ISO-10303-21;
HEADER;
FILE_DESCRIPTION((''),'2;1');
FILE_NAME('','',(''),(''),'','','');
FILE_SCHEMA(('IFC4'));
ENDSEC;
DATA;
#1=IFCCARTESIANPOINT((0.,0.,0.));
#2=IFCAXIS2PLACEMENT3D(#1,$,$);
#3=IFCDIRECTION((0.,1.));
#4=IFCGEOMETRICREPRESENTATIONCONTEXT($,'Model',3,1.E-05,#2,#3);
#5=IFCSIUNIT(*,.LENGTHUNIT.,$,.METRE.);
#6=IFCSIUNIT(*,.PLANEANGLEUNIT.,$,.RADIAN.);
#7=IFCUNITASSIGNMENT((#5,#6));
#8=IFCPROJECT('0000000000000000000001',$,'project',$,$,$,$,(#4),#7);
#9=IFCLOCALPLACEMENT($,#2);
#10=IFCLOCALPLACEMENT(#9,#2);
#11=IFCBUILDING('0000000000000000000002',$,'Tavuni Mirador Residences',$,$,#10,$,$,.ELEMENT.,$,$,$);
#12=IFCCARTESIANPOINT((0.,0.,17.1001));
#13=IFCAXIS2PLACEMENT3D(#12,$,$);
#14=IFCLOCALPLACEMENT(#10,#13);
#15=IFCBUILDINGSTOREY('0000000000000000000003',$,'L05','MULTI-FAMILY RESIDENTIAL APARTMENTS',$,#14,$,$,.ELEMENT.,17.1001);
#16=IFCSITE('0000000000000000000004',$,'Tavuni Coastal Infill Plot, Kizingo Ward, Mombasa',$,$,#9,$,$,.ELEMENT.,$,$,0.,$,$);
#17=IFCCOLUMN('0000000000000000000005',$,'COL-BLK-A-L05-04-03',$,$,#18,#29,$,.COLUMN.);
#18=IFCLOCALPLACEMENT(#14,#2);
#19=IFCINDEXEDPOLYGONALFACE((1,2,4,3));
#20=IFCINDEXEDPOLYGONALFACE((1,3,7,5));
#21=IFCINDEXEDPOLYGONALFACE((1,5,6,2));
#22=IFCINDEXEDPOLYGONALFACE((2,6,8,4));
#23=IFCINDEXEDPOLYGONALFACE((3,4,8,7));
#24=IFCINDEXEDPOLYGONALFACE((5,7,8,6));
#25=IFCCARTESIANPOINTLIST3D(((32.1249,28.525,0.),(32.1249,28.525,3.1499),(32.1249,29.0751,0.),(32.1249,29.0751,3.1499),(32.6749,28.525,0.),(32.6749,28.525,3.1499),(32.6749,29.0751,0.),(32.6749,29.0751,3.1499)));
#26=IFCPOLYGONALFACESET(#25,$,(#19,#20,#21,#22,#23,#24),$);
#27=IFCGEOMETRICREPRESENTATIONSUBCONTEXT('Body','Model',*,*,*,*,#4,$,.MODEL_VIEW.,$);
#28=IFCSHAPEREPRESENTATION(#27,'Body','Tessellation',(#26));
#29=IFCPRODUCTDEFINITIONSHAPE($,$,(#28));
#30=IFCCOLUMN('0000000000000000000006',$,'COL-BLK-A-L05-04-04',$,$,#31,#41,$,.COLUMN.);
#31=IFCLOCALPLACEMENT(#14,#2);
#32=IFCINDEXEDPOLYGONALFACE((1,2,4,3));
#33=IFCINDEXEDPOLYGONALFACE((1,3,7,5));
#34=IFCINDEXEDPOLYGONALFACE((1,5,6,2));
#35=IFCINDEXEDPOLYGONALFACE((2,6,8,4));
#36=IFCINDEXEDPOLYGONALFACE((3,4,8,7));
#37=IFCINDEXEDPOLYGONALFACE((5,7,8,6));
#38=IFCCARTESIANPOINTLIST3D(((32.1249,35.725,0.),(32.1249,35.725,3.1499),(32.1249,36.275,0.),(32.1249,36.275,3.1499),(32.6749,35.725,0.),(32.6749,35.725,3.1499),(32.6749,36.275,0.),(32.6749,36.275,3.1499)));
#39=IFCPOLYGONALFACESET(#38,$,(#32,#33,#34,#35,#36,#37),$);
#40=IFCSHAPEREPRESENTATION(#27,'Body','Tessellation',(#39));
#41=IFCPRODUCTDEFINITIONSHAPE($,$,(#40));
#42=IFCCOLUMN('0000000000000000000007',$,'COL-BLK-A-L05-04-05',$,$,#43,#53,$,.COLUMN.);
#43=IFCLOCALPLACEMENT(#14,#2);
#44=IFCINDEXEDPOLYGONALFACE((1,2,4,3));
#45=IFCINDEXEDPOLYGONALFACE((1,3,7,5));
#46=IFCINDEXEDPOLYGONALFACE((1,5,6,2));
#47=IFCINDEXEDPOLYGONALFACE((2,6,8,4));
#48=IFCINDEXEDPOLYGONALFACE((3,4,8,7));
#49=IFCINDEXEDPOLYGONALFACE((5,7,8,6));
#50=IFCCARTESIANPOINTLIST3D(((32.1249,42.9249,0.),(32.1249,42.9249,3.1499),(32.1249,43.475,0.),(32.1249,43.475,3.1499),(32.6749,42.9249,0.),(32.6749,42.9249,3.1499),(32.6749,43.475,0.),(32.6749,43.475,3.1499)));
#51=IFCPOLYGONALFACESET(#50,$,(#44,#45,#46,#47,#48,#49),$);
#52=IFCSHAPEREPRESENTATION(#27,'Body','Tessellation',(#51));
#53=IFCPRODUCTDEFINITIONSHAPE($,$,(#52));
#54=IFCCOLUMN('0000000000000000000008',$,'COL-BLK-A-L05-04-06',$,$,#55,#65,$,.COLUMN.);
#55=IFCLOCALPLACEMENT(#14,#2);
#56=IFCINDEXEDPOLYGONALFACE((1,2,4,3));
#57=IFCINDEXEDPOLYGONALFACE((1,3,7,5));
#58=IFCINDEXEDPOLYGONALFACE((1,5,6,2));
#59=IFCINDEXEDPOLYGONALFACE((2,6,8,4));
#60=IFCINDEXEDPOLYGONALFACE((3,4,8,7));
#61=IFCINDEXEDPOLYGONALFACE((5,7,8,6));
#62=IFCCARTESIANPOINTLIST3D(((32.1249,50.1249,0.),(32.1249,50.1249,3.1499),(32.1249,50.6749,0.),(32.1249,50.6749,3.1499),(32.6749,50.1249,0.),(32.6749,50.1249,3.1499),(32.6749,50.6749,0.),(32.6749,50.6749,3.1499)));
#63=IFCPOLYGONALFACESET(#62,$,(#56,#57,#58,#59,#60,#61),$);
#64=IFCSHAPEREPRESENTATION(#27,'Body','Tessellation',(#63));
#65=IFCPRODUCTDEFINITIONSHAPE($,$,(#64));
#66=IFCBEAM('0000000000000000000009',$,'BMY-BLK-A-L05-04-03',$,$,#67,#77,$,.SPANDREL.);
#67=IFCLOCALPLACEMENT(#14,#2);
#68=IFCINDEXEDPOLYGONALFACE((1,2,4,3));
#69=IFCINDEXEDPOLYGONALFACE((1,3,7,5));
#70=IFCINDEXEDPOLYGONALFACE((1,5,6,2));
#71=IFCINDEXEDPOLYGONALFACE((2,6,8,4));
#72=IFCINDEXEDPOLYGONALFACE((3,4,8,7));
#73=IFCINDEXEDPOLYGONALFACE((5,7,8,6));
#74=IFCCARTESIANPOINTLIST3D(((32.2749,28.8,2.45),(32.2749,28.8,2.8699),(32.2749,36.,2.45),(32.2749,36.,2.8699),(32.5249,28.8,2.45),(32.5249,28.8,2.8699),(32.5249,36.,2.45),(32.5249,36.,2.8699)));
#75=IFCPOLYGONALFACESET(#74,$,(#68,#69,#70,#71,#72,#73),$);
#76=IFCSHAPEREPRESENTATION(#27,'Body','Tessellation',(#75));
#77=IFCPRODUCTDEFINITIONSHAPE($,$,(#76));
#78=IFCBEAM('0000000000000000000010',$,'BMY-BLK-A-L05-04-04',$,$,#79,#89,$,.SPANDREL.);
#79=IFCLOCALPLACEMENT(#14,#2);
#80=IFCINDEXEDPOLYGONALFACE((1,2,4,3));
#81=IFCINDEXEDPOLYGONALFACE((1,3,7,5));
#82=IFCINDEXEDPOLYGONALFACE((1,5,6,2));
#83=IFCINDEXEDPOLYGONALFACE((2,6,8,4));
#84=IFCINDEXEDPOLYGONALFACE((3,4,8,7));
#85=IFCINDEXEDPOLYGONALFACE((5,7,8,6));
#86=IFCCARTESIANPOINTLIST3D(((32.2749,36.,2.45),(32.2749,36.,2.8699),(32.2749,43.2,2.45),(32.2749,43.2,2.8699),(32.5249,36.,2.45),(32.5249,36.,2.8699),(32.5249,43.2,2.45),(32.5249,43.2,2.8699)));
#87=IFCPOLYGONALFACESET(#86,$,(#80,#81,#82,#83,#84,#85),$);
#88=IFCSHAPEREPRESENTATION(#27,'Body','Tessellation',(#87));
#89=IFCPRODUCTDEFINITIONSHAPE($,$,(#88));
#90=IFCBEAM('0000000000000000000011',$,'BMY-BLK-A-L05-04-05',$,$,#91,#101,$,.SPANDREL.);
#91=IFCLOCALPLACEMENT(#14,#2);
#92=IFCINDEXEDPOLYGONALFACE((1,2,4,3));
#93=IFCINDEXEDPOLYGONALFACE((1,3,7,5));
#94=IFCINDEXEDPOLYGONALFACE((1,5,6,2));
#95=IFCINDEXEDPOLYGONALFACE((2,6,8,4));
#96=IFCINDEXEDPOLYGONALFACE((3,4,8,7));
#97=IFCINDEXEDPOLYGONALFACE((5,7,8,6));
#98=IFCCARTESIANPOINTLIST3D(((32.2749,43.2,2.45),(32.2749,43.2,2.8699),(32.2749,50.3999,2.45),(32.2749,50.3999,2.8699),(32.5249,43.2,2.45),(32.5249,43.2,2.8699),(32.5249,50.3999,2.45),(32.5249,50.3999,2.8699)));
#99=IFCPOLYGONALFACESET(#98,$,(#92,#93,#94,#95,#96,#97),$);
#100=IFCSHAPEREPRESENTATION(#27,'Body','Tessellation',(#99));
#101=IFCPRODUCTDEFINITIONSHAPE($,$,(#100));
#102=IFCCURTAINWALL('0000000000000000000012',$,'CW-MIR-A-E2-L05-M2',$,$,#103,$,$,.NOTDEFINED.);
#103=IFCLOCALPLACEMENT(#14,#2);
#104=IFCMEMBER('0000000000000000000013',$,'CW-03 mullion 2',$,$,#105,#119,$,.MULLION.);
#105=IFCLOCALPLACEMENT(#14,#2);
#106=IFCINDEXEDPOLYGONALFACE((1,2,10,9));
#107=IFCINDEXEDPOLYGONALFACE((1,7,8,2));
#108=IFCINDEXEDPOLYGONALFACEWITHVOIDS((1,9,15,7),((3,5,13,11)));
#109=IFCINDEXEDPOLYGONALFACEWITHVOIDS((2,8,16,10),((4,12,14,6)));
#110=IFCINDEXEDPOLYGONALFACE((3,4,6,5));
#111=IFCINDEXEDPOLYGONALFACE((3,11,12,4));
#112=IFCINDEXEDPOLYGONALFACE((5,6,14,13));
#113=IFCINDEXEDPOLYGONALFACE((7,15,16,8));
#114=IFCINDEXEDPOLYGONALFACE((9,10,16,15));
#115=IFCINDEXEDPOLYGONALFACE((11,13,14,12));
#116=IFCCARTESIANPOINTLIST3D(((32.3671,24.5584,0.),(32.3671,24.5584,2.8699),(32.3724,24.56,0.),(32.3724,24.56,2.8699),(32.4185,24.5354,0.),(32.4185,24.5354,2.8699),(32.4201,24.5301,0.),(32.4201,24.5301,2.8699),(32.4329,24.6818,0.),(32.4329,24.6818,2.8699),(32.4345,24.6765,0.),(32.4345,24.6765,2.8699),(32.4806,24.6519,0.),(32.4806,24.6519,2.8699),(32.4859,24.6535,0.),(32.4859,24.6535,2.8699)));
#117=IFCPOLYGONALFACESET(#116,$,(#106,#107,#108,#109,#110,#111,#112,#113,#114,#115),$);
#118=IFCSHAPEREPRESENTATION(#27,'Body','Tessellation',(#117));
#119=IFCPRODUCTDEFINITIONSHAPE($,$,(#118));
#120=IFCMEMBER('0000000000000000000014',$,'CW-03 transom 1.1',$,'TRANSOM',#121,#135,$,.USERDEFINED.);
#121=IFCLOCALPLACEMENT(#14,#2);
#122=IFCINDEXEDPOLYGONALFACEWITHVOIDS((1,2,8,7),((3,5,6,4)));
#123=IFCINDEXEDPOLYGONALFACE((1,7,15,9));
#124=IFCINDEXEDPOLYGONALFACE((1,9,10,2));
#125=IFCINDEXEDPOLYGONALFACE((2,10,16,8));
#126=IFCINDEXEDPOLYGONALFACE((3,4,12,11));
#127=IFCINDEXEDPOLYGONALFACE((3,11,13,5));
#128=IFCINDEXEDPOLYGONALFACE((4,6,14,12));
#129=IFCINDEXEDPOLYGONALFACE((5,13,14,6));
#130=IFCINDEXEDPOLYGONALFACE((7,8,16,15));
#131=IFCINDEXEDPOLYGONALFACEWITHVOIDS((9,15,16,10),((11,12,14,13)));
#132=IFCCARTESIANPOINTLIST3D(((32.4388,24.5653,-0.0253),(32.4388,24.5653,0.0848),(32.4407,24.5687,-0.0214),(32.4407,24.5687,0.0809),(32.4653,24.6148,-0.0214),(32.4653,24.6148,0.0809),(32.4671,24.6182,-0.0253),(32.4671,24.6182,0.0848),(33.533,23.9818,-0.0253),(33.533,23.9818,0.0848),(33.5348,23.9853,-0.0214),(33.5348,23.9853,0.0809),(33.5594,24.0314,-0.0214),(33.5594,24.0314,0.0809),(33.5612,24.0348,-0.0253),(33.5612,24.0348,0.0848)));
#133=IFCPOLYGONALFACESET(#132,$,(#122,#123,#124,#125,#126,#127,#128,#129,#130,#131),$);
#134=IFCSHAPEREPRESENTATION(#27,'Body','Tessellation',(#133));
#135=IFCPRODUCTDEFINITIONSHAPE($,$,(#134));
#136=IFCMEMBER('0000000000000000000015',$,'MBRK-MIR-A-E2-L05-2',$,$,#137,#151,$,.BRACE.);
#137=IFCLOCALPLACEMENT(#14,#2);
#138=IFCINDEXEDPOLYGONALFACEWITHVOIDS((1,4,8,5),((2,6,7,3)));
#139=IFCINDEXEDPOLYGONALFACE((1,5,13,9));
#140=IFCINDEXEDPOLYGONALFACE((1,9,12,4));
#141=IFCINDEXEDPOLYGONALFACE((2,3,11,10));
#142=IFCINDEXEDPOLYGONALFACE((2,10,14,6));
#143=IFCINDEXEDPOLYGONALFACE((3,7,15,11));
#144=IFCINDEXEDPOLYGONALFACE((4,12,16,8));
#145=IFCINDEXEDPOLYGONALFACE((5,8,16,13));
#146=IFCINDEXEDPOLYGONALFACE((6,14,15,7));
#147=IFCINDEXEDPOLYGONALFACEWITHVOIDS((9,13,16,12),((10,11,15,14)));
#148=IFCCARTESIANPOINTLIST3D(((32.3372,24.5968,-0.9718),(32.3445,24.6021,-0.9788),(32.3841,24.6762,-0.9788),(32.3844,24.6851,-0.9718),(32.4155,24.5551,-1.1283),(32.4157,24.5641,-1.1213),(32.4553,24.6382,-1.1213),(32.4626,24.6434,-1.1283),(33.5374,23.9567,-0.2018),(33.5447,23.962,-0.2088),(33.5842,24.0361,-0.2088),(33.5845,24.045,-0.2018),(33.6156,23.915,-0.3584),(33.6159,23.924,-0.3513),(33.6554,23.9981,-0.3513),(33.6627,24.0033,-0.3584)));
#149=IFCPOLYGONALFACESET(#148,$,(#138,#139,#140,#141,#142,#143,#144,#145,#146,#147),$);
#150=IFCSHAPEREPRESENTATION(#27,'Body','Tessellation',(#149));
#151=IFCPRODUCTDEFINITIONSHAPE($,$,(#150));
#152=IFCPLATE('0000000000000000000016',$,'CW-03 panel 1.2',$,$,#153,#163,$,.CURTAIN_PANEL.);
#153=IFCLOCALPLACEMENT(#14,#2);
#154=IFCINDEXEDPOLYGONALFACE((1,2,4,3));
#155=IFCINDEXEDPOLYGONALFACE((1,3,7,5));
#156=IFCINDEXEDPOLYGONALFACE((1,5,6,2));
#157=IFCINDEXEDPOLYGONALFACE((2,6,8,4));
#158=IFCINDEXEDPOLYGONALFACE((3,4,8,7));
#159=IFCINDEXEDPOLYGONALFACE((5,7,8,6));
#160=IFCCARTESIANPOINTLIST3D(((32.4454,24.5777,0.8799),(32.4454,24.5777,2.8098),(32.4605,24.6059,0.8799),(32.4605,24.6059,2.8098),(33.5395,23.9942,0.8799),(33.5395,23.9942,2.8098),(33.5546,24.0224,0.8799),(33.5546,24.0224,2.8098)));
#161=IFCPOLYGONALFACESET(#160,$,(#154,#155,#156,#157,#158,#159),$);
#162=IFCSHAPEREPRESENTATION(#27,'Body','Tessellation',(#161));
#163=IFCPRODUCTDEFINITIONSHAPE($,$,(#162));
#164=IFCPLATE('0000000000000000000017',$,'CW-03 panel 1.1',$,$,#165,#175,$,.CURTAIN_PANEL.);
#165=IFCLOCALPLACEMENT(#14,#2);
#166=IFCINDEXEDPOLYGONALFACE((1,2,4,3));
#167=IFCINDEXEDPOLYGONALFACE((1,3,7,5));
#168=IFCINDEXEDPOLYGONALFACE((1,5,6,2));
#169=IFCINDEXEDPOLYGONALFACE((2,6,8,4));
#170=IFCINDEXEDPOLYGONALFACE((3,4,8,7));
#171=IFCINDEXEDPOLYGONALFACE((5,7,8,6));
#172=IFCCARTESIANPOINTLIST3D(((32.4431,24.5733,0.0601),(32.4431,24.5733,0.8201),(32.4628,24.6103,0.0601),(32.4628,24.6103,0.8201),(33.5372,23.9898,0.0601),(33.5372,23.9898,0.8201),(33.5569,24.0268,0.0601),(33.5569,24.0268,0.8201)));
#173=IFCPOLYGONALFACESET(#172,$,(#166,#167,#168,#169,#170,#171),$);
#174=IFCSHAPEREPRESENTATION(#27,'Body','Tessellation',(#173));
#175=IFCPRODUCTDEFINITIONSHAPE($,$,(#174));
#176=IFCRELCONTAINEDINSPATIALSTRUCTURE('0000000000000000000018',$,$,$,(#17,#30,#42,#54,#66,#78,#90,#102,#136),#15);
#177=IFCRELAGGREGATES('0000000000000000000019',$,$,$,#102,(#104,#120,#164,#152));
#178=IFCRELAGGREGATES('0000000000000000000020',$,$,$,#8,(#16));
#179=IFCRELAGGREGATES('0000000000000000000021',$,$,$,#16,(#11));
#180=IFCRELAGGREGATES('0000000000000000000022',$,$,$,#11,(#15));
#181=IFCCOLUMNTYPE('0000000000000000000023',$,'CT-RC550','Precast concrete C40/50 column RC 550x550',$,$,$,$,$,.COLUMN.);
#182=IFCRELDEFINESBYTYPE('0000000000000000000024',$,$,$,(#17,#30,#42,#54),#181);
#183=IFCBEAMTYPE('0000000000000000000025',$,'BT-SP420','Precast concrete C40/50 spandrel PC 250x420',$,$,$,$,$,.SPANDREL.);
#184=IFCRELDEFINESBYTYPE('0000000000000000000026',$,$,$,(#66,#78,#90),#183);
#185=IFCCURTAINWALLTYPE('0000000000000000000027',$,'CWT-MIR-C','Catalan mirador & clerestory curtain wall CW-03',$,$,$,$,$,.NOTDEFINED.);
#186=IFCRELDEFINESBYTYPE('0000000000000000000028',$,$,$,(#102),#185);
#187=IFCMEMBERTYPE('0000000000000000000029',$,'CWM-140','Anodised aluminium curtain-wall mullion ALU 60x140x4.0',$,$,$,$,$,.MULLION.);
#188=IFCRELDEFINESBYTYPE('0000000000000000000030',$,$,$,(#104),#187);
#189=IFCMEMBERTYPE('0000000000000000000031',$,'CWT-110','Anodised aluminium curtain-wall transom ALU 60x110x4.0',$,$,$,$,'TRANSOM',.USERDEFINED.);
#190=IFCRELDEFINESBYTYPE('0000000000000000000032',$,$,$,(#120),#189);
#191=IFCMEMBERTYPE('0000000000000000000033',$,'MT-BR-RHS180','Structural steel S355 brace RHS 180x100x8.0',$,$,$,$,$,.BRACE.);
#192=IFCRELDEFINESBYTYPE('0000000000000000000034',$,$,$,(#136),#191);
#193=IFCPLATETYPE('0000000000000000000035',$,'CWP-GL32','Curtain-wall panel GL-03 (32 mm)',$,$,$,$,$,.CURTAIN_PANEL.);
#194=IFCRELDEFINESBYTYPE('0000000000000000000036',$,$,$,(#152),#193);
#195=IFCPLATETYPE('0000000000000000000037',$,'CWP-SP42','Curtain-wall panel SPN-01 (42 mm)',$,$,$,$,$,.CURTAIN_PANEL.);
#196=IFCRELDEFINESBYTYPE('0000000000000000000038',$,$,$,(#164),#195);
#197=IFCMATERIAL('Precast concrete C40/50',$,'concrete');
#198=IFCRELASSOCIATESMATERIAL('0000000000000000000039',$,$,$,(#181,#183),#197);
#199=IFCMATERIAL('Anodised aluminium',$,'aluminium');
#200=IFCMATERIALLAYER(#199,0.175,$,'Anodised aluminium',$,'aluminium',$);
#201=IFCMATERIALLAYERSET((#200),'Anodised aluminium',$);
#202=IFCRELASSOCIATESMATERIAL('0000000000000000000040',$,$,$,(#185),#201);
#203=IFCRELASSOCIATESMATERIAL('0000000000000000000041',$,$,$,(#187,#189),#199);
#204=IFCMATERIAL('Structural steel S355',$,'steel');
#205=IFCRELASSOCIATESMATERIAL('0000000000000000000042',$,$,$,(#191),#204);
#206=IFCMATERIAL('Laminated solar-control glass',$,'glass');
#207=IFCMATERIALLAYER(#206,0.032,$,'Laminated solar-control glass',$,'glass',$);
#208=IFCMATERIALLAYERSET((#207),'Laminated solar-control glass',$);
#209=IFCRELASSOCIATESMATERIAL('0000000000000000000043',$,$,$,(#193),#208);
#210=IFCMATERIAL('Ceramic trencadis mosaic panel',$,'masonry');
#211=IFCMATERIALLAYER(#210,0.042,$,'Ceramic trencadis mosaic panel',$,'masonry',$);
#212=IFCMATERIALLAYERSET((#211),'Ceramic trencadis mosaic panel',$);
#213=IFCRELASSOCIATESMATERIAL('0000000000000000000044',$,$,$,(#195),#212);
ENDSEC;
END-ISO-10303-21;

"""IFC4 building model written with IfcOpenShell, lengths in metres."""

from ifc_helpers import new_model, si_unit, direction, frame, origin, origin_2d, place, context, subcontext, project, spatial, rectangle, hollow_rectangle, extrude, material, layer, layer_set, material_profile, profile_set, type_object, element, aggregate, save


model = new_model("IFC4")

# Units and contexts
model_context = context("Model", 3, precision=1e-05, world=origin(), true_north=direction((0.0, 1.0)))
body_context = subcontext(model_context, "Body", "Model", "MODEL_VIEW")
ifc_project = project(units=[si_unit("LENGTHUNIT", "METRE"), si_unit("PLANEANGLEUNIT", "RADIAN")], contexts=[model_context])

# Site, building, storey
site_placement = place(None, origin())
site = spatial("IfcSite", under=ifc_project, at=site_placement, Name="Tavuni Coastal Infill Plot, Kizingo Ward, Mombasa", CompositionType="ELEMENT", RefElevation=0.0)
building_placement = place(site_placement, origin())
building = spatial("IfcBuilding", under=site, at=building_placement, Name="Tavuni Mirador Residences", CompositionType="ELEMENT")
storey_placement = place(building_placement, frame((0.0, 0.0, 17.1001)))
storey = spatial("IfcBuildingStorey", under=building, at=storey_placement, Name="L05", Description="MULTI-FAMILY RESIDENTIAL APARTMENTS", CompositionType="ELEMENT", Elevation=17.1001)

# Columns
ifc_material_1 = material(Name="Precast concrete C40/50", Category="concrete")
ifc_material_profile_1 = material_profile(ifc_material_1, rectangle(XDim=0.55, YDim=0.55, at=origin_2d()), Name="RC 550x550", Category="concrete")
ifc_profile_set_1 = profile_set([ifc_material_profile_1], Name="Precast concrete C40/50")
column_type = type_object("IfcColumnType", Name="CT-RC550", Description="Precast concrete C40/50 column RC 550x550", PredefinedType="COLUMN", material=ifc_profile_set_1)
for number, where, z_axis, x_axis, name in (
    (1, (32.3999, 28.8, 0.0), (0.0, 0.0, 1.0), (1.0, 0.0, 0.0), "COL-BLK-A-L05-04-03"),
    (2, (32.3999, 36.0, 0.0), (0.0, 0.0, 1.0), (1.0, 0.0, 0.0), "COL-BLK-A-L05-04-04"),
    (3, (32.3999, 43.2, 0.0), (0.0, 0.0, 1.0), (1.0, 0.0, 0.0), "COL-BLK-A-L05-04-05"),
    (4, (32.3999, 50.3999, 0.0), (0.0, 0.0, 1.0), (1.0, 0.0, 0.0), "COL-BLK-A-L05-04-06"),
):
    element("IfcColumn", number, at=place(storey_placement, frame(where, z_axis=z_axis, x_axis=x_axis)), inside=storey, type_object=column_type, Name=name, PredefinedType="COLUMN", context=body_context, shape_type="SweptSolid", body=[
        extrude(rectangle(XDim=0.55, YDim=0.55, at=origin_2d()), origin(), (0.0, 0.0, 1.0), 3.1499),
    ])

# Beams
ifc_material_profile_2 = material_profile(ifc_material_1, rectangle(XDim=0.25, YDim=0.4199, at=origin_2d()), Name="PC 250x420", Category="concrete")
ifc_profile_set_2 = profile_set([ifc_material_profile_2], Name="Precast concrete C40/50")
beam_type = type_object("IfcBeamType", Name="BT-SP420", Description="Precast concrete C40/50 spandrel PC 250x420", PredefinedType="SPANDREL", material=ifc_profile_set_2)
for number, where, z_axis, x_axis, name in (
    (5, (32.3999, 28.8, 2.6599), (0.0, 1.0, 0.0), (-1.0, 0.0, 0.0), "BMY-BLK-A-L05-04-03"),
    (6, (32.3999, 36.0, 2.6599), (0.0, 1.0, 0.0), (-1.0, 0.0, 0.0), "BMY-BLK-A-L05-04-04"),
    (7, (32.3999, 43.2, 2.6599), (0.0, 1.0, 0.0), (-1.0, 0.0, 0.0), "BMY-BLK-A-L05-04-05"),
):
    element("IfcBeam", number, at=place(storey_placement, frame(where, z_axis=z_axis, x_axis=x_axis)), inside=storey, type_object=beam_type, Name=name, PredefinedType="SPANDREL", context=body_context, shape_type="SweptSolid", body=[
        extrude(rectangle(XDim=0.25, YDim=0.4199, at=origin_2d()), origin(), (0.0, 0.0, 1.0), 7.2),
    ])

# Curtain wall, members
ifc_material_2 = material(Name="Anodised aluminium", Category="aluminium")
ifc_layer_1 = layer(ifc_material_2, 0.175, Name="Anodised aluminium", Category="aluminium")
ifc_layer_set_1 = layer_set([ifc_layer_1], Name="Anodised aluminium")
curtain_wall_type = type_object("IfcCurtainWallType", Name="CWT-MIR-C", Description="Catalan mirador & clerestory curtain wall CW-03", PredefinedType="NOTDEFINED", material=ifc_layer_set_1)
curtain_wall_placement = place(storey_placement, origin())
curtain_wall = element("IfcCurtainWall", 8, at=curtain_wall_placement, inside=storey, type_object=curtain_wall_type, Name="CW-MIR-A-E2-L05-M2", PredefinedType="NOTDEFINED")
ifc_material_profile_3 = material_profile(ifc_material_2, hollow_rectangle(XDim=0.0601, YDim=0.1399, WallThickness=0.0039, at=origin_2d()), Name="ALU 60x140x4.0", Category="aluminium")
ifc_profile_set_3 = profile_set([ifc_material_profile_3], Name="Anodised aluminium")
member_type_1 = type_object("IfcMemberType", Name="CWM-140", Description="Anodised aluminium curtain-wall mullion ALU 60x140x4.0", PredefinedType="MULLION", material=ifc_profile_set_3)
member_1_placement = place(storey_placement, frame((32.4265, 24.606, 0.0), z_axis=(0.0, 0.0, 1.0), x_axis=(-0.882353, 0.470588, 0.0)))
member_1 = element("IfcMember", 9, at=member_1_placement, type_object=member_type_1, Name="CW-03 mullion 2", PredefinedType="MULLION", context=body_context, shape_type="SweptSolid", body=[
    extrude(hollow_rectangle(XDim=0.0601, YDim=0.1399, WallThickness=0.0039, at=origin_2d()), origin(), (0.0, 0.0, 1.0), 2.8699),
])
ifc_material_profile_4 = material_profile(ifc_material_2, hollow_rectangle(XDim=0.0601, YDim=0.1101, WallThickness=0.0039, at=origin_2d()), Name="ALU 60x110x4.0", Category="aluminium")
ifc_profile_set_4 = profile_set([ifc_material_profile_4], Name="Anodised aluminium")
member_type_2 = type_object("IfcMemberType", Name="CWT-110", Description="Anodised aluminium curtain-wall transom ALU 60x110x4.0", ElementType="TRANSOM", PredefinedType="USERDEFINED", material=ifc_profile_set_4)
member_2_placement = place(storey_placement, frame((33.5471, 24.0083, 0.0298), z_axis=(-0.882386, 0.470527, 0.0), x_axis=(-0.470527, -0.882386, 0.0)))
member_2 = element("IfcMember", 10, at=member_2_placement, type_object=member_type_2, Name="CW-03 transom 1.1", ObjectType="TRANSOM", PredefinedType="USERDEFINED", context=body_context, shape_type="SweptSolid", body=[
    extrude(hollow_rectangle(XDim=0.0601, YDim=0.1101, WallThickness=0.0039, at=origin_2d()), origin(), (0.0, 0.0, 1.0), 1.24),
])

# Member
ifc_material_3 = material(Name="Structural steel S355", Category="steel")
ifc_material_profile_5 = material_profile(ifc_material_3, hollow_rectangle(XDim=0.1001, YDim=0.1799, WallThickness=0.0081, at=origin_2d()), Name="RHS 180x100x8.0", Category="steel")
ifc_profile_set_5 = profile_set([ifc_material_profile_5], Name="Structural steel S355")
member_type_3 = type_object("IfcMemberType", Name="MT-BR-RHS180", Description="Structural steel S355 brace RHS 180x100x8.0", PredefinedType="BRACE", material=ifc_profile_set_5)
member_3_placement = place(storey_placement, frame((32.3999, 24.6201, -1.05), z_axis=(0.767847, -0.409539, 0.492634), x_axis=(0.470607, 0.882343, 0.0)))
element("IfcMember", 11, at=member_3_placement, inside=storey, type_object=member_type_3, Name="MBRK-MIR-A-E2-L05-2", PredefinedType="BRACE", context=body_context, shape_type="SweptSolid", body=[
    extrude(hollow_rectangle(XDim=0.1001, YDim=0.1799, WallThickness=0.0081, at=origin_2d()), origin(), (0.0, 0.0, 1.0), 1.563),
])

# Plates
ifc_material_4 = material(Name="Laminated solar-control glass", Category="glass")
ifc_layer_2 = layer(ifc_material_4, 0.032, Name="Laminated solar-control glass", Category="glass")
ifc_layer_set_2 = layer_set([ifc_layer_2], Name="Laminated solar-control glass")
plate_type_1 = type_object("IfcPlateType", Name="CWP-GL32", Description="Curtain-wall panel GL-03 (32 mm)", PredefinedType="CURTAIN_PANEL", material=ifc_layer_set_2)
plate_1_placement = place(storey_placement, frame((33.0, 24.3, 0.8799), z_axis=(0.0, 0.0, 1.0), x_axis=(-0.882353, 0.470588, 0.0)))
plate_1 = element("IfcPlate", 12, at=plate_1_placement, type_object=plate_type_1, Name="CW-03 panel 1.2", PredefinedType="CURTAIN_PANEL", context=body_context, shape_type="SweptSolid", body=[
    extrude(rectangle(XDim=1.24, YDim=0.032, at=origin_2d()), origin(), (0.0, 0.0, 1.0), 1.9299),
])
ifc_material_5 = material(Name="Ceramic trencadis mosaic panel", Category="masonry")
ifc_layer_3 = layer(ifc_material_5, 0.042, Name="Ceramic trencadis mosaic panel", Category="masonry")
ifc_layer_set_3 = layer_set([ifc_layer_3], Name="Ceramic trencadis mosaic panel")
plate_type_2 = type_object("IfcPlateType", Name="CWP-SP42", Description="Curtain-wall panel SPN-01 (42 mm)", PredefinedType="CURTAIN_PANEL", material=ifc_layer_set_3)
plate_2_placement = place(storey_placement, frame((33.0, 24.3, 0.0601), z_axis=(0.0, 0.0, 1.0), x_axis=(-0.882353, 0.470588, 0.0)))
plate_2 = element("IfcPlate", 13, at=plate_2_placement, type_object=plate_type_2, Name="CW-03 panel 1.1", PredefinedType="CURTAIN_PANEL", context=body_context, shape_type="SweptSolid", body=[
    extrude(rectangle(XDim=1.24, YDim=0.042, at=origin_2d()), origin(), (0.0, 0.0, 1.0), 0.76),
])
aggregate(curtain_wall, [member_1, member_2, plate_2, plate_1])

save(model, "model.ifc")
